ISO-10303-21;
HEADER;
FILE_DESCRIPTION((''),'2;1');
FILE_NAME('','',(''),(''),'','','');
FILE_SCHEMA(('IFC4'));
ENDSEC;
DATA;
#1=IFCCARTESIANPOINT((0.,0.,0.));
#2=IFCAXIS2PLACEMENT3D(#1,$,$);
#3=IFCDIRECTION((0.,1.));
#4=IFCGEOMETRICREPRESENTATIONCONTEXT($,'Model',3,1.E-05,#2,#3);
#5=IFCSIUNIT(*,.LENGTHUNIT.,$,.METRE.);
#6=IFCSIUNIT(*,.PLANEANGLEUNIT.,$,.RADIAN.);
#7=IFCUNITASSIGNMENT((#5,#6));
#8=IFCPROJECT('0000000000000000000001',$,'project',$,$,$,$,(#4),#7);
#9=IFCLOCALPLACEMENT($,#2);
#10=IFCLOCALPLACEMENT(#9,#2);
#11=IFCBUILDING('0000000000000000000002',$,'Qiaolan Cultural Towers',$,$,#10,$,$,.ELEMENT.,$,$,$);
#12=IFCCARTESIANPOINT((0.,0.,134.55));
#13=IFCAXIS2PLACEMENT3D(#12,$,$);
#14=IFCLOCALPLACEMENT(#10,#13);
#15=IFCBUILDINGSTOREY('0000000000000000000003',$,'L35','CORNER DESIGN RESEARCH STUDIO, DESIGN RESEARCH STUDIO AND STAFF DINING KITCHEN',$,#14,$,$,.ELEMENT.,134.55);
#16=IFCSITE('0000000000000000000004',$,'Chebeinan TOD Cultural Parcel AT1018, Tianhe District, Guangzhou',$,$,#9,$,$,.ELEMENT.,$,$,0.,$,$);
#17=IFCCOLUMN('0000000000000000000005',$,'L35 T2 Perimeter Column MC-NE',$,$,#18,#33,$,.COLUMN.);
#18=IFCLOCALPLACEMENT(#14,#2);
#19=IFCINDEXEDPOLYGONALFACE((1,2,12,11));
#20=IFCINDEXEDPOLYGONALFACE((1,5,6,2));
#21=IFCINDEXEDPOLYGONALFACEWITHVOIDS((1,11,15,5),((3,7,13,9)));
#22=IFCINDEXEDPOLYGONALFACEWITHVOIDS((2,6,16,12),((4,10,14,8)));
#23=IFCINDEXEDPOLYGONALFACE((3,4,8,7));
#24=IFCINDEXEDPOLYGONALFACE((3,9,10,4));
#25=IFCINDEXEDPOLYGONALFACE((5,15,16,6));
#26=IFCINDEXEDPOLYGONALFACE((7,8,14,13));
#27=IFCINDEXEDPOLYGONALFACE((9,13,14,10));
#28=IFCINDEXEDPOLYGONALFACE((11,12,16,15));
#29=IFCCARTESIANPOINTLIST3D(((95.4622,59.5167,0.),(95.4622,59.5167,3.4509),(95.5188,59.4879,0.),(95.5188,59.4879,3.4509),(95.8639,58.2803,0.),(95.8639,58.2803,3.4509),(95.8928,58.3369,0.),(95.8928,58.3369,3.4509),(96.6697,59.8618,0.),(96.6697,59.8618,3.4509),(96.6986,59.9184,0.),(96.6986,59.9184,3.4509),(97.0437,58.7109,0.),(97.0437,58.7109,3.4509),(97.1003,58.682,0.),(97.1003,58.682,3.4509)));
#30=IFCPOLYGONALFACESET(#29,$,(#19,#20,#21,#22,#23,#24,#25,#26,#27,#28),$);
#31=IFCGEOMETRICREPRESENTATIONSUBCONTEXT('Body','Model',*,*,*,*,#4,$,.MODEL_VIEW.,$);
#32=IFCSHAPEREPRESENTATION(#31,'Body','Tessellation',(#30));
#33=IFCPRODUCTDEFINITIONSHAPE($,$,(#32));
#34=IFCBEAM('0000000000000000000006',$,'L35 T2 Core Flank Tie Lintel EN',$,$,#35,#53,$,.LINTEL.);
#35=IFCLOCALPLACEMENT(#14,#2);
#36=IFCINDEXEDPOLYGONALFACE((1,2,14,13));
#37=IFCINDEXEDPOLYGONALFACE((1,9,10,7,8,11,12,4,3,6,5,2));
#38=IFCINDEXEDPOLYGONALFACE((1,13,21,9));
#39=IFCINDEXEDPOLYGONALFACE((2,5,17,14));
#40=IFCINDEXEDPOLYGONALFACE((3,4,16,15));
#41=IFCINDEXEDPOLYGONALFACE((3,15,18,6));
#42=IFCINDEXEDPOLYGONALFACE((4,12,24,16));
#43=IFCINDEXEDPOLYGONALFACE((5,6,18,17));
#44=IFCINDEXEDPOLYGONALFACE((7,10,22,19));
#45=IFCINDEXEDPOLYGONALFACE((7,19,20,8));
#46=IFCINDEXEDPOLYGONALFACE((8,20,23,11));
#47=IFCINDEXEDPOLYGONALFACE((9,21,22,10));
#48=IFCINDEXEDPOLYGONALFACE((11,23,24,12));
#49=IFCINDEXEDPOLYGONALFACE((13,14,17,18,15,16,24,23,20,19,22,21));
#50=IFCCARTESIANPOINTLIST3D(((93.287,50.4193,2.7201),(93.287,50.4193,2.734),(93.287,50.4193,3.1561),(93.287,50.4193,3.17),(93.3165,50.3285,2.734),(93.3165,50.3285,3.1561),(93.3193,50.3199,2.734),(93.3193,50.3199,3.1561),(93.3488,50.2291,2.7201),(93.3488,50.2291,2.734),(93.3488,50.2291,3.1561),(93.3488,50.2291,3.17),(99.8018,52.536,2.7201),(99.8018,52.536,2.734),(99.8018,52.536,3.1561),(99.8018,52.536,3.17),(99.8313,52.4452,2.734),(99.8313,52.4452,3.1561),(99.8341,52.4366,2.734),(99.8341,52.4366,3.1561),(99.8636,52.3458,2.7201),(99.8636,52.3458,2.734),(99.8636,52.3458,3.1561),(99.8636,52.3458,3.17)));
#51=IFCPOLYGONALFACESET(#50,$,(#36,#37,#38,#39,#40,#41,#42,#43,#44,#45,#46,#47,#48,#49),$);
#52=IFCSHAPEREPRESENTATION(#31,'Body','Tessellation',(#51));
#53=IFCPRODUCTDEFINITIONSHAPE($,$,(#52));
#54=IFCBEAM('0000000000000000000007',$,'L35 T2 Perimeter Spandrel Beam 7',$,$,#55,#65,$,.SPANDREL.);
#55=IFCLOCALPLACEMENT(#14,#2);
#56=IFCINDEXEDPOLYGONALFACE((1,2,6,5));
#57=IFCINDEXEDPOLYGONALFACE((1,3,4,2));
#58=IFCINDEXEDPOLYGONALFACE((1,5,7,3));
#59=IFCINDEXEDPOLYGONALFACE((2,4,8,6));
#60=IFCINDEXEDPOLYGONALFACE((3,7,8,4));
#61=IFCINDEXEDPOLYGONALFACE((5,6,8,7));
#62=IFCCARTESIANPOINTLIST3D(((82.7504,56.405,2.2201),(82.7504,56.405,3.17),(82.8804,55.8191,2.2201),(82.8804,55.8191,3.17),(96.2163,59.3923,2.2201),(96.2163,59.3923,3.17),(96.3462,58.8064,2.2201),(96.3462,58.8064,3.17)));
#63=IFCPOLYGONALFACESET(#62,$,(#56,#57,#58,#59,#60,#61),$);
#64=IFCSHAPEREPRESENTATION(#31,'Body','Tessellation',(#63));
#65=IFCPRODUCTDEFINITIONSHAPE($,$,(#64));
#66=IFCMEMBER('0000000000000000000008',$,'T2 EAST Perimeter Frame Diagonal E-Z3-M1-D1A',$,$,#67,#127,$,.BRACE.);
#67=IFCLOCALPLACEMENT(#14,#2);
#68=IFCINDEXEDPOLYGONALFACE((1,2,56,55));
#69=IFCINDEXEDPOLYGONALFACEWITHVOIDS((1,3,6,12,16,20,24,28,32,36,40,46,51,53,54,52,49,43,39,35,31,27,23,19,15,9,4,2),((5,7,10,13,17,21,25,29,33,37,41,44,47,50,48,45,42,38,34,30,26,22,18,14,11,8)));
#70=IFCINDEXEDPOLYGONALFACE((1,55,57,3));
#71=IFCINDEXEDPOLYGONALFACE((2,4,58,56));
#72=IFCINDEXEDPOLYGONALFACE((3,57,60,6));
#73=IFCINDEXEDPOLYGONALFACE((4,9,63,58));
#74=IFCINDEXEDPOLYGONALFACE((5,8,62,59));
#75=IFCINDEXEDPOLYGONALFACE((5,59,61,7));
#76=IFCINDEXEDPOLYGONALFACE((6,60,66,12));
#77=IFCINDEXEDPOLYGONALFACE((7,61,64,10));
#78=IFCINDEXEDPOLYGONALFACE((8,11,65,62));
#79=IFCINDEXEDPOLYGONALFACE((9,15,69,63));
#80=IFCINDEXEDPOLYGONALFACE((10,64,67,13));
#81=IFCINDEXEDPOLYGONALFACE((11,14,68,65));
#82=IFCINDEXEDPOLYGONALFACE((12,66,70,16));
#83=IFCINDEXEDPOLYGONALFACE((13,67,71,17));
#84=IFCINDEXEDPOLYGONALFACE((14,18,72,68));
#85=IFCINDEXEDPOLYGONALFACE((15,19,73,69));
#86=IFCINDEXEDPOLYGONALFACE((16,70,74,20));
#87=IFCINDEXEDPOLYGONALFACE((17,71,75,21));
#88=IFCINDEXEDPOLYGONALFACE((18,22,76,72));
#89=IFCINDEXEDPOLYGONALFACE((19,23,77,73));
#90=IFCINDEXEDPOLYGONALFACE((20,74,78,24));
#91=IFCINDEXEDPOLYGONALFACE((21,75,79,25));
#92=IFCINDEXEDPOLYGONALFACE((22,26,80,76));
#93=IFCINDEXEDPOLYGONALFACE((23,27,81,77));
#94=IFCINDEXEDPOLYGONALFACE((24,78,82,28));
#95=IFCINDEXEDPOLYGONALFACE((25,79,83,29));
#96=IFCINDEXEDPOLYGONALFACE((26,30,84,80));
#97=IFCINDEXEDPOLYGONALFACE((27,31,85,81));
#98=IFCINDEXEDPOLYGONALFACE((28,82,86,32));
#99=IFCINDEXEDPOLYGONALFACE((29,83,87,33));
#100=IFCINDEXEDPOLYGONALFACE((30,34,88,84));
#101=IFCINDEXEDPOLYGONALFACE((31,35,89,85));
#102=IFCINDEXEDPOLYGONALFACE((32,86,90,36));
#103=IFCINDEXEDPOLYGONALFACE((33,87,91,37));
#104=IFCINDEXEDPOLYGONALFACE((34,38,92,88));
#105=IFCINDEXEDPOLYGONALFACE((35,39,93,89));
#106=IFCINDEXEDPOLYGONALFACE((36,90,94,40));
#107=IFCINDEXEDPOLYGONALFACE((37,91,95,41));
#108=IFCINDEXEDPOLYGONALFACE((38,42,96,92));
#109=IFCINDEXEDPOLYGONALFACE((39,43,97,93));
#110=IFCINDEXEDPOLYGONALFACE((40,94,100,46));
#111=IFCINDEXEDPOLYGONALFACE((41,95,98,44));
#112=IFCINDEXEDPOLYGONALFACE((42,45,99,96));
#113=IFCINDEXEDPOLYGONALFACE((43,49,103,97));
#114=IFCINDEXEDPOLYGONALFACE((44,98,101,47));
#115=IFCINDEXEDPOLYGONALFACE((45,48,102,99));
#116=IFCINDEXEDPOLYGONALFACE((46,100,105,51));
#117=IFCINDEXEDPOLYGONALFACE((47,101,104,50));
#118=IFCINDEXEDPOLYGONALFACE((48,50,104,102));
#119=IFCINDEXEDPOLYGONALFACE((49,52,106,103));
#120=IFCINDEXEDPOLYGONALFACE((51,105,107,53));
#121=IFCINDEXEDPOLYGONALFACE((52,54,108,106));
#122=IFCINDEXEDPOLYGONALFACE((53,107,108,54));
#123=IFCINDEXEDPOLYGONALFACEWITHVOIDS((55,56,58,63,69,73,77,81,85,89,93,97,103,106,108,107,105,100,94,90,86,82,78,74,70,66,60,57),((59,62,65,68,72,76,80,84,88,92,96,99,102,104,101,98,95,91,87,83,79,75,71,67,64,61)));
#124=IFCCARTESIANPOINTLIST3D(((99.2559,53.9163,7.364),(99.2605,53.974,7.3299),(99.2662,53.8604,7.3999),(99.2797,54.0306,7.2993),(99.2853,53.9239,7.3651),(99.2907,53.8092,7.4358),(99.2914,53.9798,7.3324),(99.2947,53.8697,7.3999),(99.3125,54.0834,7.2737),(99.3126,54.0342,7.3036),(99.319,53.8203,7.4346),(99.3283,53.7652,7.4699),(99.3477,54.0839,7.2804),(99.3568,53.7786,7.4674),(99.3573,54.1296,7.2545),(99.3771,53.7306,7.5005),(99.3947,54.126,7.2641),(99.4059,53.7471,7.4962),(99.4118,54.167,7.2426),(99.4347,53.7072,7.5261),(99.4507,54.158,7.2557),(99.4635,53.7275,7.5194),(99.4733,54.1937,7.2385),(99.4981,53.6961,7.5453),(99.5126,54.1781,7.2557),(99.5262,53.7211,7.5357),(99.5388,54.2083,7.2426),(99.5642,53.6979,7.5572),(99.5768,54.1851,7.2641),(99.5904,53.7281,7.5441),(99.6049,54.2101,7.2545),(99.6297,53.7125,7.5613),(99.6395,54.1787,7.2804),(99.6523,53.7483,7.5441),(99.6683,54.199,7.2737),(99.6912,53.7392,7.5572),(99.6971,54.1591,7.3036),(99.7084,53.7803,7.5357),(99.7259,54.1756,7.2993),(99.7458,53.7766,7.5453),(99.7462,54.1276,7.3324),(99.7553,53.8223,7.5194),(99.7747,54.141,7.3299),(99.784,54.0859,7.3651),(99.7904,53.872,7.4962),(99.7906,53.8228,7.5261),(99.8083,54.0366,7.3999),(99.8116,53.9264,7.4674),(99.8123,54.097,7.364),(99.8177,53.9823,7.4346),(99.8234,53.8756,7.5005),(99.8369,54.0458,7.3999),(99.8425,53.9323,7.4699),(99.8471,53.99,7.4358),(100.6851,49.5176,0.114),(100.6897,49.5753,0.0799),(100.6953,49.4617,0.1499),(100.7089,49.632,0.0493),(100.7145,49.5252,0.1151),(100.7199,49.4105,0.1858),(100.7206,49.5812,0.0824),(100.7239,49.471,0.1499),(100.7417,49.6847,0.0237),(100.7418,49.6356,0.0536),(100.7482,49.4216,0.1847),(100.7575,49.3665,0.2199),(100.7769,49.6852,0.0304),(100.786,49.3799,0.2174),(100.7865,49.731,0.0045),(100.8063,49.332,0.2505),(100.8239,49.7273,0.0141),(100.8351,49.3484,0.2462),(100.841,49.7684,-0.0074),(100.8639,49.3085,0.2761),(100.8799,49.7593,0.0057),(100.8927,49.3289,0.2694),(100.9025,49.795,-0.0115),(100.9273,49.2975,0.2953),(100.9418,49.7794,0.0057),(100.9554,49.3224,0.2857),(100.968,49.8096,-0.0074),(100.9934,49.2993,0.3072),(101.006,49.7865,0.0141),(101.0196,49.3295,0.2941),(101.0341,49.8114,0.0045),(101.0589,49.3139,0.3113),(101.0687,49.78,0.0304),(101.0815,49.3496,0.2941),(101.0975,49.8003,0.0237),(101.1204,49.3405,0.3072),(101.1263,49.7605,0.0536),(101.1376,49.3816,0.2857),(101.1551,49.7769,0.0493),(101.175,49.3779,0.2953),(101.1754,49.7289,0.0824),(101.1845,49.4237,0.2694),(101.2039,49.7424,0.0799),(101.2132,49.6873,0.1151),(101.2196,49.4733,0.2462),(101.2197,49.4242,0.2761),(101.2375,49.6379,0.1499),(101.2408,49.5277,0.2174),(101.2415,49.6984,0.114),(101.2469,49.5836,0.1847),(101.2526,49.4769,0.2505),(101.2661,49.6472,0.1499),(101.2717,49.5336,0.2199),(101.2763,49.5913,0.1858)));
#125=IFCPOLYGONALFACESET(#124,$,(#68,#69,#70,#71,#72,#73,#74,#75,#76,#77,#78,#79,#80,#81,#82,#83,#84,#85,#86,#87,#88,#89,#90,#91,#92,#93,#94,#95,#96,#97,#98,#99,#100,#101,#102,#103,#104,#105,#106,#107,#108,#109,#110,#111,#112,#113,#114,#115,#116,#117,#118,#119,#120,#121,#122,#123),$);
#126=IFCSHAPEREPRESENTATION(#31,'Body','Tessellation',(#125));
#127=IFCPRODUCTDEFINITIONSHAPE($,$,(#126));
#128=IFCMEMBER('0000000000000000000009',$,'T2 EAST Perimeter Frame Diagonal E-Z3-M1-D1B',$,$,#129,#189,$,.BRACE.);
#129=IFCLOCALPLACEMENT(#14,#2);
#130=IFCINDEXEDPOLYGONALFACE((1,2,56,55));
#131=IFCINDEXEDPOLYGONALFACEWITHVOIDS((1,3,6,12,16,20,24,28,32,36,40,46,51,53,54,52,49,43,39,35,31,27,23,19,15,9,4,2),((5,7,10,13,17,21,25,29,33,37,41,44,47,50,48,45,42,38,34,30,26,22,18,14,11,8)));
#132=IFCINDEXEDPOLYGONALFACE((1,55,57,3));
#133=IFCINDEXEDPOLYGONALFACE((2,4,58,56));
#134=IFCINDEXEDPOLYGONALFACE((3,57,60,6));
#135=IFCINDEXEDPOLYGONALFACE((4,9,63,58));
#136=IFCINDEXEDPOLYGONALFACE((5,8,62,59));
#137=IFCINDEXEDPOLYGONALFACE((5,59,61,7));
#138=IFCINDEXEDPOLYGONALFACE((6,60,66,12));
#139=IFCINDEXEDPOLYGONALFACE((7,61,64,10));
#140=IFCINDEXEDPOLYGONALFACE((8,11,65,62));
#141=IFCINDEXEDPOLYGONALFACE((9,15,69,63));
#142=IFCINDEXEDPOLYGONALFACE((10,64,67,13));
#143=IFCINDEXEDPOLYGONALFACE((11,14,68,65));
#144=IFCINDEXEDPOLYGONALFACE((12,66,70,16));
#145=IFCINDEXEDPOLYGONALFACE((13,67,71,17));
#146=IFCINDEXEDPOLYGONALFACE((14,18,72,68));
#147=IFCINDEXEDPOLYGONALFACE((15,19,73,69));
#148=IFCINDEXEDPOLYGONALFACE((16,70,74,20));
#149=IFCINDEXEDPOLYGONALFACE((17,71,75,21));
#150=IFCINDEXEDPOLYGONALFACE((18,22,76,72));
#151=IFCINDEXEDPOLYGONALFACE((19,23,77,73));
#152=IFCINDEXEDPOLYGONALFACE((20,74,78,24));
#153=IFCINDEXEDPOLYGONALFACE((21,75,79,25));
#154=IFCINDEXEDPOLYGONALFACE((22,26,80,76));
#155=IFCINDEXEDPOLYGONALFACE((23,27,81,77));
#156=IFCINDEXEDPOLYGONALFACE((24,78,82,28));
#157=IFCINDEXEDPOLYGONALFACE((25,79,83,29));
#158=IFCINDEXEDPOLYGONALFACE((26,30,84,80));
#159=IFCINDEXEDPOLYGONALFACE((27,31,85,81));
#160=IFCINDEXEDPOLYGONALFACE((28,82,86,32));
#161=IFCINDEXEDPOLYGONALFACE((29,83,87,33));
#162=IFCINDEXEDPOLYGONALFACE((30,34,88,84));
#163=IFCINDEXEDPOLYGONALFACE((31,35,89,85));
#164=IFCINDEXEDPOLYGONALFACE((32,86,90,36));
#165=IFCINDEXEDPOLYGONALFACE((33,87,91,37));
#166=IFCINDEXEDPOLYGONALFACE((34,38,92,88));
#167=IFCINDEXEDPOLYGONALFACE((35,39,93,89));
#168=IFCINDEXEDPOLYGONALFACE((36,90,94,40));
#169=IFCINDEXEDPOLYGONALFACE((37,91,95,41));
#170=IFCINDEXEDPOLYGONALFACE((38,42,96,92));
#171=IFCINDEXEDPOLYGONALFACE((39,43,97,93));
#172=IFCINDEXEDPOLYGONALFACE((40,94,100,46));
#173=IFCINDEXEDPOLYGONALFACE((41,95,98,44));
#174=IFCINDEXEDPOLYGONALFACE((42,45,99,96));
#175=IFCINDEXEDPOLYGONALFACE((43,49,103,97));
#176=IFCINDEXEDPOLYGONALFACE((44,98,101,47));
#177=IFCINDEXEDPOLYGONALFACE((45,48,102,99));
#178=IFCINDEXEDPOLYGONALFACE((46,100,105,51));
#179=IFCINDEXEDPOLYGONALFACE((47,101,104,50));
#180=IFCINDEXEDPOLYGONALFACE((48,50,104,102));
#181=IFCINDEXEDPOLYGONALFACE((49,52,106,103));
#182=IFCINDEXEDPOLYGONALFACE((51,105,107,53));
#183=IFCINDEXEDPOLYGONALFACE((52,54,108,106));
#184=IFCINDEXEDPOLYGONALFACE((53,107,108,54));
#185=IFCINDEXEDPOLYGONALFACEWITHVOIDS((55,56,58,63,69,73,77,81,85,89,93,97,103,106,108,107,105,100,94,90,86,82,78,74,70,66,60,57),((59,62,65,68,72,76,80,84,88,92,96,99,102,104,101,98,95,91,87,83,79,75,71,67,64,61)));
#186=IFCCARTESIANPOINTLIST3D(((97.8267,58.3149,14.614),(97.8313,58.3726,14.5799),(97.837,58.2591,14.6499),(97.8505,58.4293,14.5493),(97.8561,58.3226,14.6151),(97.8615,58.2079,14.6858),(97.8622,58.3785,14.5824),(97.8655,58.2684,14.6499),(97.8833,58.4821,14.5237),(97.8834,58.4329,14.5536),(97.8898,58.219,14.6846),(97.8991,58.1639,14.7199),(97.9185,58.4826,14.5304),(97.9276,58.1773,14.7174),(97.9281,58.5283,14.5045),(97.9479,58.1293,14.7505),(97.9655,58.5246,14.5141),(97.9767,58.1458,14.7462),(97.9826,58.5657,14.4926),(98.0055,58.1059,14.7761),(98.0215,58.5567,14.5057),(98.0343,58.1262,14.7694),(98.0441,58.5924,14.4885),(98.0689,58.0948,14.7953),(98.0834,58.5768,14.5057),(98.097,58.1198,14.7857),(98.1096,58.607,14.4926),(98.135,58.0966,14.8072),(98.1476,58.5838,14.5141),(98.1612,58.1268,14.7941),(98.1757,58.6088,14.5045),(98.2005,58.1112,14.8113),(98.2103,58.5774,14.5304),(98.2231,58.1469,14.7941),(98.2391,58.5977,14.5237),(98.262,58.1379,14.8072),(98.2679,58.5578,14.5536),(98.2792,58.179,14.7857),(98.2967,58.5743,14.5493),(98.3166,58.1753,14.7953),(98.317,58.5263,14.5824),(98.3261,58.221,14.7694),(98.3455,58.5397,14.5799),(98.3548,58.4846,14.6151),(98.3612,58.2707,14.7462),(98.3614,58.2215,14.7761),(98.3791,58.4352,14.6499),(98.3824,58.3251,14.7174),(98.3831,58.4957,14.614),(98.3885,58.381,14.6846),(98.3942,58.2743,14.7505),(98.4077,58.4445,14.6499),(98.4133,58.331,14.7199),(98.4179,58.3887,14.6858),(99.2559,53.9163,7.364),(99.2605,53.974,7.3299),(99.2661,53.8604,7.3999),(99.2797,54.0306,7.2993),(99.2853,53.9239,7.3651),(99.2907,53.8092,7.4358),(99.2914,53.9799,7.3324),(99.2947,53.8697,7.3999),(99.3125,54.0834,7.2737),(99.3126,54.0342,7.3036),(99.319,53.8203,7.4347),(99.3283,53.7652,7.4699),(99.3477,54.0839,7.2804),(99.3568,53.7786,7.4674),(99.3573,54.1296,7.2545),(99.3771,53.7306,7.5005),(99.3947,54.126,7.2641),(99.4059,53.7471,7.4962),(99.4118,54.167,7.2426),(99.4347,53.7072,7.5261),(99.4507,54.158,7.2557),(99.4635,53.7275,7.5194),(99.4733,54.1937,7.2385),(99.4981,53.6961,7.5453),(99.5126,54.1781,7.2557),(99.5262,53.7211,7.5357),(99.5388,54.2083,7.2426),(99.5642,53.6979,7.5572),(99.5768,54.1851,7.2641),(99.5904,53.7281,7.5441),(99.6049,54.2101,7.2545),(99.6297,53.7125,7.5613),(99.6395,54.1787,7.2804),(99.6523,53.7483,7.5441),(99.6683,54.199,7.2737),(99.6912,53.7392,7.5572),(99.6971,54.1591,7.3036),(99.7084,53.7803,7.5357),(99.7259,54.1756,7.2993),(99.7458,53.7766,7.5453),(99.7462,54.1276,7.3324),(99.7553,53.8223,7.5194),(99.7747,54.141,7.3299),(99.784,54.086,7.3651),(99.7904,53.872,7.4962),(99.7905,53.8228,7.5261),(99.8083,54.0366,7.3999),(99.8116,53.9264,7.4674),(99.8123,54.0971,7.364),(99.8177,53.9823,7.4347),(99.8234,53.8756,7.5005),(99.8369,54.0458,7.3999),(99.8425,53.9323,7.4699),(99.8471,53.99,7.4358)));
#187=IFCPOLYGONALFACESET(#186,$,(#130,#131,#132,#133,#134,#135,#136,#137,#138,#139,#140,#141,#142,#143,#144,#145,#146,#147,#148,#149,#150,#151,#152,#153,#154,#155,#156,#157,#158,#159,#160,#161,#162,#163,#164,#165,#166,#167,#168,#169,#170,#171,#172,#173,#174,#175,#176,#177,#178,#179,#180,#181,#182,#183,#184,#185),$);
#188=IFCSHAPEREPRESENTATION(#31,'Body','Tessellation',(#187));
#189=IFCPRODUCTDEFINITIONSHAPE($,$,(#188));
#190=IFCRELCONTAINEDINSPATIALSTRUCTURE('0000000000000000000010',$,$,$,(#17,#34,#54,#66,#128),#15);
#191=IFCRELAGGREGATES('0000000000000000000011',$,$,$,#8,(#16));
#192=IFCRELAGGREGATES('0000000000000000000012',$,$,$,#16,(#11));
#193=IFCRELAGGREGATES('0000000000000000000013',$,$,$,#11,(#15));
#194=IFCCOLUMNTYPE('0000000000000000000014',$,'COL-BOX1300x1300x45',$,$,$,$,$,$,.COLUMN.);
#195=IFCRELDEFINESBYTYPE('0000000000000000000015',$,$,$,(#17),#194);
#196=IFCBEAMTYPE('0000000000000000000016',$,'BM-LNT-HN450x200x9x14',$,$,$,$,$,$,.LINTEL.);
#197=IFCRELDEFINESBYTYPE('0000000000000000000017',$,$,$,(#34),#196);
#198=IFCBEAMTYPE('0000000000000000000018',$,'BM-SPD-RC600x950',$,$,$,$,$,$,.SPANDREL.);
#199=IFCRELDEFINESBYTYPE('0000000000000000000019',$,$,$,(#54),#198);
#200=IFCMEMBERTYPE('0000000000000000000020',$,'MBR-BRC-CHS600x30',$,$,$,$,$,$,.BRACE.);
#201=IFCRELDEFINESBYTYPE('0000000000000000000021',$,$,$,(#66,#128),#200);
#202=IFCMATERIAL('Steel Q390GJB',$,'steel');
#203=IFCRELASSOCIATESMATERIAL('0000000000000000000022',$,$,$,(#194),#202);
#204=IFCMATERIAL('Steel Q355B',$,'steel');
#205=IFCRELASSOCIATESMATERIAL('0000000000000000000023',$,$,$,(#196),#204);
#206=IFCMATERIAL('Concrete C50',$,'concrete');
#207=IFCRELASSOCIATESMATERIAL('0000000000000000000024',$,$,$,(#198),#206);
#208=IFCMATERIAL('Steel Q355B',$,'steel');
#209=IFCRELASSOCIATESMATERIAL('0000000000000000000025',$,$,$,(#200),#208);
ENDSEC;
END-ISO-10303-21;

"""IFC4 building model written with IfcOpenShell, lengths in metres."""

from ifc_helpers import new_model, si_unit, direction, frame, origin, origin_2d, place, context, subcontext, project, spatial, rectangle, hollow_rectangle, hollow_circle, i_section, extrude, material, material_profile, profile_set, type_object, element, save


model = new_model("IFC4")

# Units and contexts
model_context = context("Model", 3, precision=1e-05, world=origin(), true_north=direction((0.0, 1.0)))
body_context = subcontext(model_context, "Body", "Model", "MODEL_VIEW")
ifc_project = project(units=[si_unit("LENGTHUNIT", "METRE"), si_unit("PLANEANGLEUNIT", "RADIAN")], contexts=[model_context])

# Site, building, storey
site_placement = place(None, origin())
site = spatial("IfcSite", under=ifc_project, at=site_placement, Name="Chebeinan TOD Cultural Parcel AT1018, Tianhe District, Guangzhou", CompositionType="ELEMENT", RefElevation=0.0)
building_placement = place(site_placement, origin())
building = spatial("IfcBuilding", under=site, at=building_placement, Name="Qiaolan Cultural Towers", CompositionType="ELEMENT")
storey_placement = place(building_placement, frame((0.0, 0.0, 134.55)))
storey = spatial("IfcBuildingStorey", under=building, at=storey_placement, Name="L35", Description="CORNER DESIGN RESEARCH STUDIO, DESIGN RESEARCH STUDIO AND STAFF DINING KITCHEN", CompositionType="ELEMENT", Elevation=134.55)

# Column
ifc_material_1 = material(Name="Steel Q390GJB", Category="steel")
ifc_material_profile_1 = material_profile(ifc_material_1, hollow_rectangle(XDim=1.3, YDim=1.3, WallThickness=0.0449, at=origin_2d()), Name="BOX1300x1300x45")
ifc_profile_set_1 = profile_set([ifc_material_profile_1], Name="Steel Q390GJB")
column_type = type_object("IfcColumnType", Name="COL-BOX1300x1300x45", PredefinedType="COLUMN", material=ifc_profile_set_1)
column_placement = place(storey_placement, frame((96.2812, 59.0994, 0.0), z_axis=(0.0, 0.0, 1.0), x_axis=(0.951057, 0.309017, 0.0)))
element("IfcColumn", 1, at=column_placement, inside=storey, type_object=column_type, Name="L35 T2 Perimeter Column MC-NE", PredefinedType="COLUMN", context=body_context, shape_type="SweptSolid", body=[
    extrude(hollow_rectangle(XDim=1.3, YDim=1.3, WallThickness=0.0449, at=origin_2d()), origin(), (0.0, 0.0, 1.0), 3.4509),
])

# Beams
ifc_material_2 = material(Name="Steel Q355B", Category="steel")
ifc_material_profile_2 = material_profile(ifc_material_2, i_section(OverallWidth=0.2, OverallDepth=0.45, WebThickness=0.009, FlangeThickness=0.0139, at=origin_2d()), Name="HN450x200x9x14")
ifc_profile_set_2 = profile_set([ifc_material_profile_2], Name="Steel Q355B")
beam_type_1 = type_object("IfcBeamType", Name="BM-LNT-HN450x200x9x14", PredefinedType="LINTEL", material=ifc_profile_set_2)
beam_1_placement = place(storey_placement, frame((93.3179, 50.3242, 2.9451), z_axis=(0.951062, 0.309001, 0.0), x_axis=(-0.309001, 0.951062, 0.0)))
element("IfcBeam", 2, at=beam_1_placement, inside=storey, type_object=beam_type_1, Name="L35 T2 Core Flank Tie Lintel EN", PredefinedType="LINTEL", context=body_context, shape_type="SweptSolid", body=[
    extrude(i_section(OverallWidth=0.2, OverallDepth=0.45, WebThickness=0.009, FlangeThickness=0.0139, at=origin_2d()), origin(), (0.0, 0.0, 1.0), 6.8501),
])
ifc_material_3 = material(Name="Concrete C50", Category="concrete")
ifc_material_profile_3 = material_profile(ifc_material_3, rectangle(XDim=0.6001, YDim=0.95, at=origin_2d()), Name="RC600x950")
ifc_profile_set_3 = profile_set([ifc_material_profile_3], Name="Concrete C50")
beam_type_2 = type_object("IfcBeamType", Name="BM-SPD-RC600x950", PredefinedType="SPANDREL", material=ifc_profile_set_3)
beam_2_placement = place(storey_placement, frame((96.2812, 59.0994, 2.6951), z_axis=(-0.976265, -0.216578, 0.0), x_axis=(0.216578, -0.976265, 0.0)))
element("IfcBeam", 3, at=beam_2_placement, inside=storey, type_object=beam_type_2, Name="L35 T2 Perimeter Spandrel Beam 7", PredefinedType="SPANDREL", context=body_context, shape_type="SweptSolid", body=[
    extrude(rectangle(XDim=0.6001, YDim=0.95, at=origin_2d()), origin(), (0.0, 0.0, 1.0), 13.7932),
])

# Members
ifc_material_4 = material(Name="Steel Q355B", Category="steel")
ifc_material_profile_4 = material_profile(ifc_material_4, hollow_circle(Radius=0.3, WallThickness=0.03, at=origin_2d()), Name="CHS600x30")
ifc_profile_set_4 = profile_set([ifc_material_profile_4], Name="Steel Q355B")
member_type = type_object("IfcMemberType", Name="MBR-BRC-CHS600x30", PredefinedType="BRACE", material=ifc_profile_set_4)
for number, where, z_axis, x_axis, name in (
    (4, (100.9807, 49.5544, 0.1499), (-0.166193, 0.511497, 0.84306), (-0.951058, -0.309013, 0.0), "T2 EAST Perimeter Frame Diagonal E-Z3-M1-D1A"),
    (5, (99.5515, 53.9531, 7.3999), (-0.166193, 0.511497, 0.84306), (-0.951058, -0.309013, 0.0), "T2 EAST Perimeter Frame Diagonal E-Z3-M1-D1B"),
):
    element("IfcMember", number, at=place(storey_placement, frame(where, z_axis=z_axis, x_axis=x_axis)), inside=storey, type_object=member_type, Name=name, PredefinedType="BRACE", context=body_context, shape_type="SweptSolid", body=[
        extrude(hollow_circle(Radius=0.3, WallThickness=0.03, at=origin_2d()), origin(), (0.0, 0.0, 1.0), 8.5996),
    ])

save(model, "model.ifc")
